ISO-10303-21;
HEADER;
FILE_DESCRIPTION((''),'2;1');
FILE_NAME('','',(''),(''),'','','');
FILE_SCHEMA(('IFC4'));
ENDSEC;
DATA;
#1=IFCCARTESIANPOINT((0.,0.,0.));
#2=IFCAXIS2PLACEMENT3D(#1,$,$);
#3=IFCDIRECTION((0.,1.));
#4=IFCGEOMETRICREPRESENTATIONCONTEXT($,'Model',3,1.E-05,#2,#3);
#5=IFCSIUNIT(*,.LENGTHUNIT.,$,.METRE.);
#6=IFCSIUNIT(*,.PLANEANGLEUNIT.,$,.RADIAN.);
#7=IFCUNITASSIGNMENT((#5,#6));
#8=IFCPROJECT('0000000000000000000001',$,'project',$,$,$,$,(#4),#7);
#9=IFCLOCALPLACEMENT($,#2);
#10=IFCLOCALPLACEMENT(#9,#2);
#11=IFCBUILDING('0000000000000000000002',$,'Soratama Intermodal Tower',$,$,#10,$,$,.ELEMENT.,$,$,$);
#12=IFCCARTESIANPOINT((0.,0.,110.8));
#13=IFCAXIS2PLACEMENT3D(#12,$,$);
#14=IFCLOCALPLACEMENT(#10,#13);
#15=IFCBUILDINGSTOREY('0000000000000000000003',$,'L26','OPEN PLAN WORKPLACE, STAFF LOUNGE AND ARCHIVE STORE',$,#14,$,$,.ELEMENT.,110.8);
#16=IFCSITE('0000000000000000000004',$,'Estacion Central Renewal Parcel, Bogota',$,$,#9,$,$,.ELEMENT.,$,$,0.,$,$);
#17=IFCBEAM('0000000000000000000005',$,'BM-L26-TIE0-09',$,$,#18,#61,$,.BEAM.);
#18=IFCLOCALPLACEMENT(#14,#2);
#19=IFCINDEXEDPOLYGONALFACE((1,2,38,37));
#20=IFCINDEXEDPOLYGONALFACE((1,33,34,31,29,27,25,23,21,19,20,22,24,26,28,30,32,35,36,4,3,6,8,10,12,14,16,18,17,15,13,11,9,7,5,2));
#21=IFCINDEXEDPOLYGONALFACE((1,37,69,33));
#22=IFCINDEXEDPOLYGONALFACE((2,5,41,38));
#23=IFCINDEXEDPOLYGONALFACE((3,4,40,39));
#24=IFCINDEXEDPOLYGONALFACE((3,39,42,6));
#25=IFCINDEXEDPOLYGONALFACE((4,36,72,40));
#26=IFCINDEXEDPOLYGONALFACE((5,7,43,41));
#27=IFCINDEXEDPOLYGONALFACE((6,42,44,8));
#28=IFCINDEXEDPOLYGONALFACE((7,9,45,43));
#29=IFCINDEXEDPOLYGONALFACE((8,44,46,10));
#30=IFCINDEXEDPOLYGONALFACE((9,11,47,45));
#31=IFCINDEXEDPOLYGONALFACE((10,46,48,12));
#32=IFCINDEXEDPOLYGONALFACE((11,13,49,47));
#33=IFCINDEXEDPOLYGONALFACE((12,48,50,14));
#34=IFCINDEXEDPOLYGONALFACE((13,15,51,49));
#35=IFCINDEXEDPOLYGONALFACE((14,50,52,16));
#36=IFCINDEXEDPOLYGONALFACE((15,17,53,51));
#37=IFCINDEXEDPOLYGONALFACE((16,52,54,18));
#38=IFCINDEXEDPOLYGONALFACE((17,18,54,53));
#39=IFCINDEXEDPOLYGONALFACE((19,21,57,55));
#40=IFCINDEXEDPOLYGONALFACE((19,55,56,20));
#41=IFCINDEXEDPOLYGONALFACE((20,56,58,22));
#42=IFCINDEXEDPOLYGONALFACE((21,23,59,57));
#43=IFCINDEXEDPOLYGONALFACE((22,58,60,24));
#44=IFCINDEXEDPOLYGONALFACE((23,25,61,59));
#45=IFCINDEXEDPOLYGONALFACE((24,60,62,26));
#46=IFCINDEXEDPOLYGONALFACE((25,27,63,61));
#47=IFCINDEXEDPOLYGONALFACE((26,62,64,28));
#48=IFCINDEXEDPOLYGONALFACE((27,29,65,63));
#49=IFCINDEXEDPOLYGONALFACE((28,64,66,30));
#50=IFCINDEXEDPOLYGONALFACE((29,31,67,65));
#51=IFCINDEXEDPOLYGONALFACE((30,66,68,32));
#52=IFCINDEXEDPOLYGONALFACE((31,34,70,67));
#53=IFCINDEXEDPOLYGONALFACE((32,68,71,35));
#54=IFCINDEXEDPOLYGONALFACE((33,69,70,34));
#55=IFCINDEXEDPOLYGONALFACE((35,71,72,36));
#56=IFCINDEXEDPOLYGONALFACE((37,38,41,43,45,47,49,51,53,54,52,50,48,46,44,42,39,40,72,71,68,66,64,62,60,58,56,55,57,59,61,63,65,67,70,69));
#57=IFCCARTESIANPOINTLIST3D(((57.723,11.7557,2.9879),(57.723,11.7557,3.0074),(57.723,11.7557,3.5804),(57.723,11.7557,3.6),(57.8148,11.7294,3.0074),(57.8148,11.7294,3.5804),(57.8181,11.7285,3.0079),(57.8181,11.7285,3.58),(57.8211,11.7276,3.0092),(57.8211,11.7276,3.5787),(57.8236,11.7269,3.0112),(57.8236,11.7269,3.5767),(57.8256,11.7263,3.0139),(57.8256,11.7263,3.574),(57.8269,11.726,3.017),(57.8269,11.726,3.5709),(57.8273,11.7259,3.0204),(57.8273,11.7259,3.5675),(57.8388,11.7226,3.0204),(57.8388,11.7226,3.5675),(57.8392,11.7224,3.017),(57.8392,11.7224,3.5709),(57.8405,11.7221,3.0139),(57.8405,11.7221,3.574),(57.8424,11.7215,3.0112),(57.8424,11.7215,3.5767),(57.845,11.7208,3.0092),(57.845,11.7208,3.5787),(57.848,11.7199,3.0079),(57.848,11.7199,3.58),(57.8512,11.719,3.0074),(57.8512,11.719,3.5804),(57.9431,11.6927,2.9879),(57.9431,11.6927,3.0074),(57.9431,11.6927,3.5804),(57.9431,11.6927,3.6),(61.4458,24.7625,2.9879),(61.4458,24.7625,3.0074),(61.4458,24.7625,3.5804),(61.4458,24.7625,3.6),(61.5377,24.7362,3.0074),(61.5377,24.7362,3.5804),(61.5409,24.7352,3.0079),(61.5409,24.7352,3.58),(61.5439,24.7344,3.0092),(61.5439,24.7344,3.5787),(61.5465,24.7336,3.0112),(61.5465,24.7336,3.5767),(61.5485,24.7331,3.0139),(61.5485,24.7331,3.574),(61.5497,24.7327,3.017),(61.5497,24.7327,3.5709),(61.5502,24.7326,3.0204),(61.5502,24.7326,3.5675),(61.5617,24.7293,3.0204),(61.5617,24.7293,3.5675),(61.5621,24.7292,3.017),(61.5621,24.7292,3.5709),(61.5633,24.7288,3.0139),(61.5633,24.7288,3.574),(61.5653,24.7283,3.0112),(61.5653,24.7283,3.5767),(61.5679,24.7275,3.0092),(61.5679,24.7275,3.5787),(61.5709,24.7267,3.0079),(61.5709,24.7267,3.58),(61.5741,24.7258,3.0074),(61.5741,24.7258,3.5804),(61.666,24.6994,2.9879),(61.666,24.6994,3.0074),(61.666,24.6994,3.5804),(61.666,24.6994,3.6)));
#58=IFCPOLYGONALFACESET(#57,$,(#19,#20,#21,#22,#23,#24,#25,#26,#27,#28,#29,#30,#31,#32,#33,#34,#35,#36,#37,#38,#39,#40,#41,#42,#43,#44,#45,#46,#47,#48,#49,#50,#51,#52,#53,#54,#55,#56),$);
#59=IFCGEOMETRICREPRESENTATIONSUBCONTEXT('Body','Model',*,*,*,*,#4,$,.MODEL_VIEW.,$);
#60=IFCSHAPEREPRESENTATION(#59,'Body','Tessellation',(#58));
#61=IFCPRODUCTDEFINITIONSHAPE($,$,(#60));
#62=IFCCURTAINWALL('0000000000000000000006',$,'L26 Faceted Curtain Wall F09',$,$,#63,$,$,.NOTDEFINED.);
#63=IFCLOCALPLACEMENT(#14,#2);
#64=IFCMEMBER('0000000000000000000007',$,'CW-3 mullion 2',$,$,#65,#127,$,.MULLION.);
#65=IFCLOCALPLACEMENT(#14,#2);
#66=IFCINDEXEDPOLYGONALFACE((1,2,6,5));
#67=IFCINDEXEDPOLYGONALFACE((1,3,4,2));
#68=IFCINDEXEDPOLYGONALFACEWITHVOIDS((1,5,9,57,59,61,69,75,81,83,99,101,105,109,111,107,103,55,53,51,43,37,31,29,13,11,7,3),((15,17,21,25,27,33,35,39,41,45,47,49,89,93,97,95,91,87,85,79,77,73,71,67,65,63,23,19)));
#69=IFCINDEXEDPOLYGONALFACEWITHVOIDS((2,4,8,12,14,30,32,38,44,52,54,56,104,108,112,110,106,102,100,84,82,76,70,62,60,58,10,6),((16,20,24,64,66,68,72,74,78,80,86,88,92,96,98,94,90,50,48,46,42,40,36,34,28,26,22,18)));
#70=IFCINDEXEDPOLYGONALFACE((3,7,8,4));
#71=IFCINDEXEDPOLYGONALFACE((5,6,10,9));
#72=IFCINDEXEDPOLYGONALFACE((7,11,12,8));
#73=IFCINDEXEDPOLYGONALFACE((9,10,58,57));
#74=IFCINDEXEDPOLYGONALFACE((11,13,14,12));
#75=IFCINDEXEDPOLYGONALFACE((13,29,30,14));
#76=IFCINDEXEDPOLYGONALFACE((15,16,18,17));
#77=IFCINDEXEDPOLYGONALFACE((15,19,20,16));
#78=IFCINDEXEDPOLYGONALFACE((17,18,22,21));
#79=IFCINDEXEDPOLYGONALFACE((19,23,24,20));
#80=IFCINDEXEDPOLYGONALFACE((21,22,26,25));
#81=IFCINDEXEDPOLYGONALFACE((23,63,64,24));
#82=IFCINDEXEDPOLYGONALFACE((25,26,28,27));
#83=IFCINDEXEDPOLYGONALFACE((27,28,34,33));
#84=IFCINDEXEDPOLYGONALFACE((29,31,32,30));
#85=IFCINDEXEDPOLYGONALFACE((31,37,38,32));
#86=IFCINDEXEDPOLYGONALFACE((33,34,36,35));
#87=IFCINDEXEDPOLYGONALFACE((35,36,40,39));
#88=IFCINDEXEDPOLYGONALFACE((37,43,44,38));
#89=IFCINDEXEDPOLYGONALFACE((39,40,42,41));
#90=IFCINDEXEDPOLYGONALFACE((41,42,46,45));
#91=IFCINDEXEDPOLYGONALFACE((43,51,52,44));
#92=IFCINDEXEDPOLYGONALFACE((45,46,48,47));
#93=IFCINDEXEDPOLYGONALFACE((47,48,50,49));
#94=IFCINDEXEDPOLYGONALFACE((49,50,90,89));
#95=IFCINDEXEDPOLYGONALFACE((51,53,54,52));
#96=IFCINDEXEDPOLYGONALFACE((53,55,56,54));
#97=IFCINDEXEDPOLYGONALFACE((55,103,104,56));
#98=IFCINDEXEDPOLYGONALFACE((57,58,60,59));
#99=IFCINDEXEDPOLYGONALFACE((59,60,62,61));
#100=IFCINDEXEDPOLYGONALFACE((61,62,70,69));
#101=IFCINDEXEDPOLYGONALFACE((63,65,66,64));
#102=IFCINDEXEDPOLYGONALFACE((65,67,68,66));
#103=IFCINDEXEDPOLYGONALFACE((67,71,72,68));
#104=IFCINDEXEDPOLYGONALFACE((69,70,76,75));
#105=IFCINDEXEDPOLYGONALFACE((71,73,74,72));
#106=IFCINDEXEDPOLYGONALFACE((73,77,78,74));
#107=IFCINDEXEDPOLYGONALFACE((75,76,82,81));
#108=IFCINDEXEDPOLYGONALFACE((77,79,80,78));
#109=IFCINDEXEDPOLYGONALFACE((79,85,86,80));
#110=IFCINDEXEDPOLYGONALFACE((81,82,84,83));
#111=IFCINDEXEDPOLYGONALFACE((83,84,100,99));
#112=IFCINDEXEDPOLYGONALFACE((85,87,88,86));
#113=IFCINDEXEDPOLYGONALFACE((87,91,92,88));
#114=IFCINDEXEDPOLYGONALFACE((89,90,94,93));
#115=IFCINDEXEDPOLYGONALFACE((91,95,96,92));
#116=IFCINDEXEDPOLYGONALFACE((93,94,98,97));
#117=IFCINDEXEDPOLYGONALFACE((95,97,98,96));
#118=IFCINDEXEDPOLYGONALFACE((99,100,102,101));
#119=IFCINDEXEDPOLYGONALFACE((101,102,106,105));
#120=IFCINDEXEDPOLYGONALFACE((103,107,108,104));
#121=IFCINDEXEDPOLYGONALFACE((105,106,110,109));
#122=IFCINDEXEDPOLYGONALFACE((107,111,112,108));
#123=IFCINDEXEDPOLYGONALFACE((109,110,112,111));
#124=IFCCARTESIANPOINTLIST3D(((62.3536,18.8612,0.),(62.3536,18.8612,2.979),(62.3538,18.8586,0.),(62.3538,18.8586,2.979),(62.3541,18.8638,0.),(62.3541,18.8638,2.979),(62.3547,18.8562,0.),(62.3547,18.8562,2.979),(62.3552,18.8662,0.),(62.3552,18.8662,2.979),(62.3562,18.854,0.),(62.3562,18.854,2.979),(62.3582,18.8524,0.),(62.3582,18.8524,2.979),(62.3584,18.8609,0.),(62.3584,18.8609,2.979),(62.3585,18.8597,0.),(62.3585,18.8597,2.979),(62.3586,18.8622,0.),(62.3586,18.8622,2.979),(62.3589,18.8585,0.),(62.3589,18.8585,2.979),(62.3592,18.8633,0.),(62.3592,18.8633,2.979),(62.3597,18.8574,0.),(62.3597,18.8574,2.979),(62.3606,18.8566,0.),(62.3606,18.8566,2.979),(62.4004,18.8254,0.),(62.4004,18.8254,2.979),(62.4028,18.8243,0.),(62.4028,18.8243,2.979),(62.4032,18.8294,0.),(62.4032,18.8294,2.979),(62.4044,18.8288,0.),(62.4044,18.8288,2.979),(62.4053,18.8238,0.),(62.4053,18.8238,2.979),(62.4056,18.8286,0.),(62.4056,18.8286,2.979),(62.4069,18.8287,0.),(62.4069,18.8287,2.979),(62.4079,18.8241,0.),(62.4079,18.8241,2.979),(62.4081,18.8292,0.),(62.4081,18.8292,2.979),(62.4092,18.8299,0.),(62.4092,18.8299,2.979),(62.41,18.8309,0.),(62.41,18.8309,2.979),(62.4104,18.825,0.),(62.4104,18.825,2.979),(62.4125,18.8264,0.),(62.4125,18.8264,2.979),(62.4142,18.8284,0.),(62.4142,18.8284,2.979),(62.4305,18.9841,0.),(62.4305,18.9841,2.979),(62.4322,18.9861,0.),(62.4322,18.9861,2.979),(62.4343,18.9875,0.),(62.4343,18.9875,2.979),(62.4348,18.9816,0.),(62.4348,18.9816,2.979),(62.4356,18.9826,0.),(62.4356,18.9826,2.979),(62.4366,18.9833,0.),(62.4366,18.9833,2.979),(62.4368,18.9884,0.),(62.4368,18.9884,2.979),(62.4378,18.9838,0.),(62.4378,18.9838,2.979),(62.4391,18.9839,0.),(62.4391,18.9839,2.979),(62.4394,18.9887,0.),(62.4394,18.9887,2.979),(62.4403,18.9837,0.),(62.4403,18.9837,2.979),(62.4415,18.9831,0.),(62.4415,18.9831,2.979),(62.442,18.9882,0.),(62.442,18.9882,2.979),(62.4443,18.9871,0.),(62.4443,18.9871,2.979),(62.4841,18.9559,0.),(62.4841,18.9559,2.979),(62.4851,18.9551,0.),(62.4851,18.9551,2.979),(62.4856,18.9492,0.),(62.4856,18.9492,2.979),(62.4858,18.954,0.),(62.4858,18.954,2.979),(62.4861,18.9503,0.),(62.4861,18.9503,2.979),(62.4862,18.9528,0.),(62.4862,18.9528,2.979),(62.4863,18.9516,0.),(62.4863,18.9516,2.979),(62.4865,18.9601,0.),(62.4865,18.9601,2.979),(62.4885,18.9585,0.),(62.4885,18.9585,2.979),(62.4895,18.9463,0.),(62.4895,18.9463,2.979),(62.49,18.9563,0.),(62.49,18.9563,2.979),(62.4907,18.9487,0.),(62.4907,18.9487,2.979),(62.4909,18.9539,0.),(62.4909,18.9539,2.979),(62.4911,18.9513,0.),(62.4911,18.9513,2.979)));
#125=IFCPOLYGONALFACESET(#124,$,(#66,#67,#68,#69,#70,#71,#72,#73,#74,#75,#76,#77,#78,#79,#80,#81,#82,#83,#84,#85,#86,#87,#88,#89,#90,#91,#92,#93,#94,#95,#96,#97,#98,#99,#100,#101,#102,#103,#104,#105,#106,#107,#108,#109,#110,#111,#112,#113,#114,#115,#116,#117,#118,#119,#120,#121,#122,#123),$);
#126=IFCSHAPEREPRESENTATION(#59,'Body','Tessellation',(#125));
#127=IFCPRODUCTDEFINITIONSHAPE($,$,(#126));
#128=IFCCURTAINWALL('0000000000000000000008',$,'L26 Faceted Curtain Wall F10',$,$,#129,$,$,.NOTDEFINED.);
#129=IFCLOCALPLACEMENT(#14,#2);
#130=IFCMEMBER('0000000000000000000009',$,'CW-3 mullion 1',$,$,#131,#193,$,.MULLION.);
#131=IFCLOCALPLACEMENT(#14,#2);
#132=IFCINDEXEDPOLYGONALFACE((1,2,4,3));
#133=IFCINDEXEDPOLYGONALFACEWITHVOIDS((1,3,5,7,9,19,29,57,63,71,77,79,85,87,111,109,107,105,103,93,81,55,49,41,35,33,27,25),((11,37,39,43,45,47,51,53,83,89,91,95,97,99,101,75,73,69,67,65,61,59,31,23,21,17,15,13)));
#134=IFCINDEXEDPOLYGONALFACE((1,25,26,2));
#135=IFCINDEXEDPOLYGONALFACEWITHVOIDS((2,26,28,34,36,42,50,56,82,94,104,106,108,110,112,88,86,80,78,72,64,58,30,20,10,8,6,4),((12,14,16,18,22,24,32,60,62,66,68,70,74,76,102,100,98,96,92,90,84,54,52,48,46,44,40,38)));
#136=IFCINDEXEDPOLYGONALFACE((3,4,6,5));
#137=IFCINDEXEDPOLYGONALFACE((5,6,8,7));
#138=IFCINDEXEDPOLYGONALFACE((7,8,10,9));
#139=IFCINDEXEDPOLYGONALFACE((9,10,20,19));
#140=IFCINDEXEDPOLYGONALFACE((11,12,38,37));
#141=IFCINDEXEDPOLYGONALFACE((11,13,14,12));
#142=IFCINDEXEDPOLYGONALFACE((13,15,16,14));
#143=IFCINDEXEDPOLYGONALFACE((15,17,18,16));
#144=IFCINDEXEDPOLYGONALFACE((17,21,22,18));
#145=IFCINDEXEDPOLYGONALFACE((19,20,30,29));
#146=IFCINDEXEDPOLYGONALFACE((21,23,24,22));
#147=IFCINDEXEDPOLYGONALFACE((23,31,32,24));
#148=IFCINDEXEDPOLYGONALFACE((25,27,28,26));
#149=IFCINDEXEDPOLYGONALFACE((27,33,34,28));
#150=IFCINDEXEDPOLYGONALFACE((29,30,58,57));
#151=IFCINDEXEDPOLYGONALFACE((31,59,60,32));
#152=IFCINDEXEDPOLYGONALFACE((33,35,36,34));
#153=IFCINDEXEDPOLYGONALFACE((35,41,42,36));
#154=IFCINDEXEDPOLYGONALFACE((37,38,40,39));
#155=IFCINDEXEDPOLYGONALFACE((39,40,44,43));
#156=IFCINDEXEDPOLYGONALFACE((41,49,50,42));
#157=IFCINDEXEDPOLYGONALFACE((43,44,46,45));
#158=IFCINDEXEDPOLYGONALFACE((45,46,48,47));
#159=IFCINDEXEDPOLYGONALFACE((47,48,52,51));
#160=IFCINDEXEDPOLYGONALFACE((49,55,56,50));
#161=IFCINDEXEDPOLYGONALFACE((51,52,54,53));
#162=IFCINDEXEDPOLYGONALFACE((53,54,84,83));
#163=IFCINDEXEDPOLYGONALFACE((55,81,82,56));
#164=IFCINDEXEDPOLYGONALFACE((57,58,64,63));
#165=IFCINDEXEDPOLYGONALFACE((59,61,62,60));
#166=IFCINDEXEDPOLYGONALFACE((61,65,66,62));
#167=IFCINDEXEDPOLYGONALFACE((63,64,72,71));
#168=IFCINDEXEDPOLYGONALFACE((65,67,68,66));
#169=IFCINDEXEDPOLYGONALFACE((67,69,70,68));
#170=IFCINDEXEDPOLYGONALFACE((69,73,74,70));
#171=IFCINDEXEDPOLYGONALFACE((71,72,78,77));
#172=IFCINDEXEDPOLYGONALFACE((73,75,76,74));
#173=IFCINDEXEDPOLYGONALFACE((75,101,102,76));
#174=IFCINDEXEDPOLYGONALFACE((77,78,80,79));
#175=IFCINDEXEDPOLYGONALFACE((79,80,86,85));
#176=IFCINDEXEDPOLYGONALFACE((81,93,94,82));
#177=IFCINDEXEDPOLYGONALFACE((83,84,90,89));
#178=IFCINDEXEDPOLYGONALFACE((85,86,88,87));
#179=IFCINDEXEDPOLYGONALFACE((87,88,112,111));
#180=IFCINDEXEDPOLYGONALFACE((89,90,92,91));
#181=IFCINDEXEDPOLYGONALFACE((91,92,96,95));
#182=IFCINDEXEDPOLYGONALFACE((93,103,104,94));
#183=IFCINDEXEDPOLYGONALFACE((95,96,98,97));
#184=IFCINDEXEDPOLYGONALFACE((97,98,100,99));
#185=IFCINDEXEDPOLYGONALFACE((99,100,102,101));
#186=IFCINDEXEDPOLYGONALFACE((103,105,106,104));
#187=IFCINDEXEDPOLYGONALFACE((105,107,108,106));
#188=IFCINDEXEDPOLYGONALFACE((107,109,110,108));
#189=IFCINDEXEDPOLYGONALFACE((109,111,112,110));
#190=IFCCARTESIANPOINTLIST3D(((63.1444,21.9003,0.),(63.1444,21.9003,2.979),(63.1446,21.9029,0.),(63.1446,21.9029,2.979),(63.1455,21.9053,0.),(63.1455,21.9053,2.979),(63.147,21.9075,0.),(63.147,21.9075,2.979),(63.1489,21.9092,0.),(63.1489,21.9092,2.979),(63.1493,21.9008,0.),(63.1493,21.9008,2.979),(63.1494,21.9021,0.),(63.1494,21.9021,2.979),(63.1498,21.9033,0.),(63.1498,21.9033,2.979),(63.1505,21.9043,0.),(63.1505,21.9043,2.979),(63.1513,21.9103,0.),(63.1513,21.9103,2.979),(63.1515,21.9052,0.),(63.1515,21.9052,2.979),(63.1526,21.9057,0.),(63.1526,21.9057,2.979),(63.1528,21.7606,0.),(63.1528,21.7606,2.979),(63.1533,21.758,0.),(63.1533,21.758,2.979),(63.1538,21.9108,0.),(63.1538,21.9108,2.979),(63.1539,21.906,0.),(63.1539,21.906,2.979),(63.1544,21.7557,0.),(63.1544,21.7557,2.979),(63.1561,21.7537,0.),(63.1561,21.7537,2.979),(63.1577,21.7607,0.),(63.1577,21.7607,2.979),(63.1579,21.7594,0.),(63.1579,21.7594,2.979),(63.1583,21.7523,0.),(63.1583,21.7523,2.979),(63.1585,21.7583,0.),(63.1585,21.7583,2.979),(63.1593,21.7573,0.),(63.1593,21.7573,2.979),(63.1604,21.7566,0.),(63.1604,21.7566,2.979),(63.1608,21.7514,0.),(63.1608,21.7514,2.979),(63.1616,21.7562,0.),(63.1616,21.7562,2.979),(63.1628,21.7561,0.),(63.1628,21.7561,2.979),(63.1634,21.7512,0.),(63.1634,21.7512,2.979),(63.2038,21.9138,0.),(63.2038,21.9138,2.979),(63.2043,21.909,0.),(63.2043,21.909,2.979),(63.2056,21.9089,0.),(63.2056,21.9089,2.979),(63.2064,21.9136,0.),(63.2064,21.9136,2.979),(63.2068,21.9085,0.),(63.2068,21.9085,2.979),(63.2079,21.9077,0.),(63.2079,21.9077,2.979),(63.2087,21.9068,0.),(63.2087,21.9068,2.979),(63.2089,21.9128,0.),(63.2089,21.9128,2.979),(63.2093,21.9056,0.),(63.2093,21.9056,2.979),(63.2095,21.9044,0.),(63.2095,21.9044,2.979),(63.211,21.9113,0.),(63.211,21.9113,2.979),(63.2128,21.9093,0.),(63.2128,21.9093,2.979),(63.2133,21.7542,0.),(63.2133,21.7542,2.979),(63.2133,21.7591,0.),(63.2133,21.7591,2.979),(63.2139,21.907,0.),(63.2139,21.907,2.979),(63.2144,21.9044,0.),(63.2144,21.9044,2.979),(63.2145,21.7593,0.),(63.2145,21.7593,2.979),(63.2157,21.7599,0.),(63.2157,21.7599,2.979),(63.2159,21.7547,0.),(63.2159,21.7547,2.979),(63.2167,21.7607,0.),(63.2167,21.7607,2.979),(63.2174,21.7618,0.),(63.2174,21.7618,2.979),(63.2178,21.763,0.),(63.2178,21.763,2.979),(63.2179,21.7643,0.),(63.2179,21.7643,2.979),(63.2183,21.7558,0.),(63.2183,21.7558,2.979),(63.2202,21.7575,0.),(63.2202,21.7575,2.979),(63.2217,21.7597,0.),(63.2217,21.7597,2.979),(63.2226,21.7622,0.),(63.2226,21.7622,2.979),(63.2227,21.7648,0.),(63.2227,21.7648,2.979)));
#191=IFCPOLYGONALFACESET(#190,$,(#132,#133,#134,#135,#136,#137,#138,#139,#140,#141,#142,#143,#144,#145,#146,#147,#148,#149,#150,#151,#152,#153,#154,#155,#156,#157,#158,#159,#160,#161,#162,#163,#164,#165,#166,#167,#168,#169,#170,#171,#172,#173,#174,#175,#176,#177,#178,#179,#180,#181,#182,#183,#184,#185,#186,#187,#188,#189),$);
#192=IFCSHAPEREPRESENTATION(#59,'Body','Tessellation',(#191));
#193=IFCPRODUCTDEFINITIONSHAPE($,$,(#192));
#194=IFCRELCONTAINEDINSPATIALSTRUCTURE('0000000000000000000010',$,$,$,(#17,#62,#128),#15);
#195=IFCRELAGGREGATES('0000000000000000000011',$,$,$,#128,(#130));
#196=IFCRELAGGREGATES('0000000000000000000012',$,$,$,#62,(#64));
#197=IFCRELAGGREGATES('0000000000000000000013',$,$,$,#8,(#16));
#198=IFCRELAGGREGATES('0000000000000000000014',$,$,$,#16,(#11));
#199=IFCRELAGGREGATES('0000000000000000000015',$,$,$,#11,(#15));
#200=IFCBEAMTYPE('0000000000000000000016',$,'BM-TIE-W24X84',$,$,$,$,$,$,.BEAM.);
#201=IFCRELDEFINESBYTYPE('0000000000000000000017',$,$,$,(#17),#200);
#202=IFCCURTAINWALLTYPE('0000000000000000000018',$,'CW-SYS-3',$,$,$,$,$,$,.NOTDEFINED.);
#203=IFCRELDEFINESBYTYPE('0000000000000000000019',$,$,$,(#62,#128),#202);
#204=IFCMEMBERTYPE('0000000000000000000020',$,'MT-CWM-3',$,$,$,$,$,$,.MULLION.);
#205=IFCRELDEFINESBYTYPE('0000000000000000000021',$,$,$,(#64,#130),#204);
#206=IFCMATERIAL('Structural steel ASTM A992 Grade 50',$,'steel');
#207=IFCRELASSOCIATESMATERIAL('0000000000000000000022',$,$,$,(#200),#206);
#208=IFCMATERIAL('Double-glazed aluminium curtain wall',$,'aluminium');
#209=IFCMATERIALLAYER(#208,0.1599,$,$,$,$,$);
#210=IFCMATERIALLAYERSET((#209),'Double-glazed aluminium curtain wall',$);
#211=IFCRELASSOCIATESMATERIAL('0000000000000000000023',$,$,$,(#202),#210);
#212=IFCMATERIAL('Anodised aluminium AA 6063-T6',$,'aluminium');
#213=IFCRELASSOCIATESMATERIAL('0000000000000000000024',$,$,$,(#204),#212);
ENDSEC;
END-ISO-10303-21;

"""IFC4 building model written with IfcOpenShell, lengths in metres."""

from ifc_helpers import new_model, si_unit, direction, frame, origin, origin_2d, place, context, subcontext, project, spatial, hollow_rectangle, i_section, extrude, material, layer, layer_set, material_profile, profile_set, type_object, element, aggregate, save


model = new_model("IFC4")

# Units and contexts
model_context = context("Model", 3, precision=1e-05, world=origin(), true_north=direction((0.0, 1.0)))
body_context = subcontext(model_context, "Body", "Model", "MODEL_VIEW")
ifc_project = project(units=[si_unit("LENGTHUNIT", "METRE"), si_unit("PLANEANGLEUNIT", "RADIAN")], contexts=[model_context])

# Site, building, storey
site_placement = place(None, origin())
site = spatial("IfcSite", under=ifc_project, at=site_placement, Name="Estacion Central Renewal Parcel, Bogota", CompositionType="ELEMENT", RefElevation=0.0)
building_placement = place(site_placement, origin())
building = spatial("IfcBuilding", under=site, at=building_placement, Name="Soratama Intermodal Tower", CompositionType="ELEMENT")
storey_placement = place(building_placement, frame((0.0, 0.0, 110.8)))
storey = spatial("IfcBuildingStorey", under=building, at=storey_placement, Name="L26", Description="OPEN PLAN WORKPLACE, STAFF LOUNGE AND ARCHIVE STORE", CompositionType="ELEMENT", Elevation=110.8)

# Beam
ifc_material_1 = material(Name="Structural steel ASTM A992 Grade 50", Category="steel")
ifc_material_profile_1 = material_profile(ifc_material_1, i_section(OverallWidth=0.229, OverallDepth=0.6121, WebThickness=0.012, FlangeThickness=0.0195, FilletRadius=0.0129, at=origin_2d()), Name="W24X84")
ifc_profile_set_1 = profile_set([ifc_material_profile_1], Name="Structural steel ASTM A992 Grade 50")
beam_type_1 = type_object("IfcBeamType", Name="BM-TIE-W24X84", PredefinedType="BEAM", material=ifc_profile_set_1)
beam_1_placement = place(storey_placement, frame((61.5559, 24.731, 3.2939), z_axis=(-0.275176, -0.961394, 0.0), x_axis=(0.961394, -0.275176, 0.0)))
element("IfcBeam", 1, at=beam_1_placement, inside=storey, type_object=beam_type_1, Name="BM-L26-TIE0-09", PredefinedType="BEAM", context=body_context, shape_type="SweptSolid", body=[
    extrude(i_section(OverallWidth=0.229, OverallDepth=0.6121, WebThickness=0.012, FlangeThickness=0.0195, FilletRadius=0.0129, at=origin_2d()), origin(), (0.0, 0.0, 1.0), 13.5291),
])

# Curtain wall, member
ifc_material_2 = material(Name="Double-glazed aluminium curtain wall", Category="aluminium")
ifc_layer_1 = layer(ifc_material_2, 0.1599)
ifc_layer_set_1 = layer_set([ifc_layer_1], Name="Double-glazed aluminium curtain wall")
curtain_wall_type = type_object("IfcCurtainWallType", Name="CW-SYS-3", PredefinedType="NOTDEFINED", material=ifc_layer_set_1)
curtain_wall_1_placement = place(storey_placement, origin())
curtain_wall_1 = element("IfcCurtainWall", 2, at=curtain_wall_1_placement, inside=storey, type_object=curtain_wall_type, Name="L26 Faceted Curtain Wall F09", PredefinedType="NOTDEFINED")
ifc_material_3 = material(Name="Anodised aluminium AA 6063-T6", Category="aluminium")
ifc_material_profile_2 = material_profile(ifc_material_3, hollow_rectangle(XDim=0.0701, YDim=0.1599, WallThickness=0.0049, InnerFilletRadius=0.0049, OuterFilletRadius=0.01, at=origin_2d()), Name="CWM160X70X5")
ifc_profile_set_2 = profile_set([ifc_material_profile_2], Name="Anodised aluminium AA 6063-T6")
member_type_1 = type_object("IfcMemberType", Name="MT-CWM-3", PredefinedType="MULLION", material=ifc_profile_set_2)
member_1_placement = place(storey_placement, frame((62.4224, 18.9062, 0.0), z_axis=(0.0, 0.0, 1.0), x_axis=(-0.842639, 0.538478, 0.0)))
member_1 = element("IfcMember", 3, at=member_1_placement, type_object=member_type_1, Name="CW-3 mullion 2", PredefinedType="MULLION", context=body_context, shape_type="SweptSolid", body=[
    extrude(hollow_rectangle(XDim=0.0701, YDim=0.1599, WallThickness=0.0049, InnerFilletRadius=0.0049, OuterFilletRadius=0.01, at=origin_2d()), origin(), (0.0, 0.0, 1.0), 2.979),
])

# Curtain wall, member
curtain_wall_2_placement = place(storey_placement, origin())
curtain_wall_2 = element("IfcCurtainWall", 4, at=curtain_wall_2_placement, inside=storey, type_object=curtain_wall_type, Name="L26 Faceted Curtain Wall F10", PredefinedType="NOTDEFINED")
member_2_placement = place(storey_placement, frame((63.1836, 21.8325, 0.0), z_axis=(0.0, 0.0, 1.0), x_axis=(-0.998219, -0.059662, 0.0)))
member_2 = element("IfcMember", 5, at=member_2_placement, type_object=member_type_1, Name="CW-3 mullion 1", PredefinedType="MULLION", context=body_context, shape_type="SweptSolid", body=[
    extrude(hollow_rectangle(XDim=0.0701, YDim=0.1599, WallThickness=0.0049, InnerFilletRadius=0.0049, OuterFilletRadius=0.01, at=origin_2d()), origin(), (0.0, 0.0, 1.0), 2.979),
])
aggregate(curtain_wall_2, [member_2])

aggregate(curtain_wall_1, [member_1])

save(model, "model.ifc")
